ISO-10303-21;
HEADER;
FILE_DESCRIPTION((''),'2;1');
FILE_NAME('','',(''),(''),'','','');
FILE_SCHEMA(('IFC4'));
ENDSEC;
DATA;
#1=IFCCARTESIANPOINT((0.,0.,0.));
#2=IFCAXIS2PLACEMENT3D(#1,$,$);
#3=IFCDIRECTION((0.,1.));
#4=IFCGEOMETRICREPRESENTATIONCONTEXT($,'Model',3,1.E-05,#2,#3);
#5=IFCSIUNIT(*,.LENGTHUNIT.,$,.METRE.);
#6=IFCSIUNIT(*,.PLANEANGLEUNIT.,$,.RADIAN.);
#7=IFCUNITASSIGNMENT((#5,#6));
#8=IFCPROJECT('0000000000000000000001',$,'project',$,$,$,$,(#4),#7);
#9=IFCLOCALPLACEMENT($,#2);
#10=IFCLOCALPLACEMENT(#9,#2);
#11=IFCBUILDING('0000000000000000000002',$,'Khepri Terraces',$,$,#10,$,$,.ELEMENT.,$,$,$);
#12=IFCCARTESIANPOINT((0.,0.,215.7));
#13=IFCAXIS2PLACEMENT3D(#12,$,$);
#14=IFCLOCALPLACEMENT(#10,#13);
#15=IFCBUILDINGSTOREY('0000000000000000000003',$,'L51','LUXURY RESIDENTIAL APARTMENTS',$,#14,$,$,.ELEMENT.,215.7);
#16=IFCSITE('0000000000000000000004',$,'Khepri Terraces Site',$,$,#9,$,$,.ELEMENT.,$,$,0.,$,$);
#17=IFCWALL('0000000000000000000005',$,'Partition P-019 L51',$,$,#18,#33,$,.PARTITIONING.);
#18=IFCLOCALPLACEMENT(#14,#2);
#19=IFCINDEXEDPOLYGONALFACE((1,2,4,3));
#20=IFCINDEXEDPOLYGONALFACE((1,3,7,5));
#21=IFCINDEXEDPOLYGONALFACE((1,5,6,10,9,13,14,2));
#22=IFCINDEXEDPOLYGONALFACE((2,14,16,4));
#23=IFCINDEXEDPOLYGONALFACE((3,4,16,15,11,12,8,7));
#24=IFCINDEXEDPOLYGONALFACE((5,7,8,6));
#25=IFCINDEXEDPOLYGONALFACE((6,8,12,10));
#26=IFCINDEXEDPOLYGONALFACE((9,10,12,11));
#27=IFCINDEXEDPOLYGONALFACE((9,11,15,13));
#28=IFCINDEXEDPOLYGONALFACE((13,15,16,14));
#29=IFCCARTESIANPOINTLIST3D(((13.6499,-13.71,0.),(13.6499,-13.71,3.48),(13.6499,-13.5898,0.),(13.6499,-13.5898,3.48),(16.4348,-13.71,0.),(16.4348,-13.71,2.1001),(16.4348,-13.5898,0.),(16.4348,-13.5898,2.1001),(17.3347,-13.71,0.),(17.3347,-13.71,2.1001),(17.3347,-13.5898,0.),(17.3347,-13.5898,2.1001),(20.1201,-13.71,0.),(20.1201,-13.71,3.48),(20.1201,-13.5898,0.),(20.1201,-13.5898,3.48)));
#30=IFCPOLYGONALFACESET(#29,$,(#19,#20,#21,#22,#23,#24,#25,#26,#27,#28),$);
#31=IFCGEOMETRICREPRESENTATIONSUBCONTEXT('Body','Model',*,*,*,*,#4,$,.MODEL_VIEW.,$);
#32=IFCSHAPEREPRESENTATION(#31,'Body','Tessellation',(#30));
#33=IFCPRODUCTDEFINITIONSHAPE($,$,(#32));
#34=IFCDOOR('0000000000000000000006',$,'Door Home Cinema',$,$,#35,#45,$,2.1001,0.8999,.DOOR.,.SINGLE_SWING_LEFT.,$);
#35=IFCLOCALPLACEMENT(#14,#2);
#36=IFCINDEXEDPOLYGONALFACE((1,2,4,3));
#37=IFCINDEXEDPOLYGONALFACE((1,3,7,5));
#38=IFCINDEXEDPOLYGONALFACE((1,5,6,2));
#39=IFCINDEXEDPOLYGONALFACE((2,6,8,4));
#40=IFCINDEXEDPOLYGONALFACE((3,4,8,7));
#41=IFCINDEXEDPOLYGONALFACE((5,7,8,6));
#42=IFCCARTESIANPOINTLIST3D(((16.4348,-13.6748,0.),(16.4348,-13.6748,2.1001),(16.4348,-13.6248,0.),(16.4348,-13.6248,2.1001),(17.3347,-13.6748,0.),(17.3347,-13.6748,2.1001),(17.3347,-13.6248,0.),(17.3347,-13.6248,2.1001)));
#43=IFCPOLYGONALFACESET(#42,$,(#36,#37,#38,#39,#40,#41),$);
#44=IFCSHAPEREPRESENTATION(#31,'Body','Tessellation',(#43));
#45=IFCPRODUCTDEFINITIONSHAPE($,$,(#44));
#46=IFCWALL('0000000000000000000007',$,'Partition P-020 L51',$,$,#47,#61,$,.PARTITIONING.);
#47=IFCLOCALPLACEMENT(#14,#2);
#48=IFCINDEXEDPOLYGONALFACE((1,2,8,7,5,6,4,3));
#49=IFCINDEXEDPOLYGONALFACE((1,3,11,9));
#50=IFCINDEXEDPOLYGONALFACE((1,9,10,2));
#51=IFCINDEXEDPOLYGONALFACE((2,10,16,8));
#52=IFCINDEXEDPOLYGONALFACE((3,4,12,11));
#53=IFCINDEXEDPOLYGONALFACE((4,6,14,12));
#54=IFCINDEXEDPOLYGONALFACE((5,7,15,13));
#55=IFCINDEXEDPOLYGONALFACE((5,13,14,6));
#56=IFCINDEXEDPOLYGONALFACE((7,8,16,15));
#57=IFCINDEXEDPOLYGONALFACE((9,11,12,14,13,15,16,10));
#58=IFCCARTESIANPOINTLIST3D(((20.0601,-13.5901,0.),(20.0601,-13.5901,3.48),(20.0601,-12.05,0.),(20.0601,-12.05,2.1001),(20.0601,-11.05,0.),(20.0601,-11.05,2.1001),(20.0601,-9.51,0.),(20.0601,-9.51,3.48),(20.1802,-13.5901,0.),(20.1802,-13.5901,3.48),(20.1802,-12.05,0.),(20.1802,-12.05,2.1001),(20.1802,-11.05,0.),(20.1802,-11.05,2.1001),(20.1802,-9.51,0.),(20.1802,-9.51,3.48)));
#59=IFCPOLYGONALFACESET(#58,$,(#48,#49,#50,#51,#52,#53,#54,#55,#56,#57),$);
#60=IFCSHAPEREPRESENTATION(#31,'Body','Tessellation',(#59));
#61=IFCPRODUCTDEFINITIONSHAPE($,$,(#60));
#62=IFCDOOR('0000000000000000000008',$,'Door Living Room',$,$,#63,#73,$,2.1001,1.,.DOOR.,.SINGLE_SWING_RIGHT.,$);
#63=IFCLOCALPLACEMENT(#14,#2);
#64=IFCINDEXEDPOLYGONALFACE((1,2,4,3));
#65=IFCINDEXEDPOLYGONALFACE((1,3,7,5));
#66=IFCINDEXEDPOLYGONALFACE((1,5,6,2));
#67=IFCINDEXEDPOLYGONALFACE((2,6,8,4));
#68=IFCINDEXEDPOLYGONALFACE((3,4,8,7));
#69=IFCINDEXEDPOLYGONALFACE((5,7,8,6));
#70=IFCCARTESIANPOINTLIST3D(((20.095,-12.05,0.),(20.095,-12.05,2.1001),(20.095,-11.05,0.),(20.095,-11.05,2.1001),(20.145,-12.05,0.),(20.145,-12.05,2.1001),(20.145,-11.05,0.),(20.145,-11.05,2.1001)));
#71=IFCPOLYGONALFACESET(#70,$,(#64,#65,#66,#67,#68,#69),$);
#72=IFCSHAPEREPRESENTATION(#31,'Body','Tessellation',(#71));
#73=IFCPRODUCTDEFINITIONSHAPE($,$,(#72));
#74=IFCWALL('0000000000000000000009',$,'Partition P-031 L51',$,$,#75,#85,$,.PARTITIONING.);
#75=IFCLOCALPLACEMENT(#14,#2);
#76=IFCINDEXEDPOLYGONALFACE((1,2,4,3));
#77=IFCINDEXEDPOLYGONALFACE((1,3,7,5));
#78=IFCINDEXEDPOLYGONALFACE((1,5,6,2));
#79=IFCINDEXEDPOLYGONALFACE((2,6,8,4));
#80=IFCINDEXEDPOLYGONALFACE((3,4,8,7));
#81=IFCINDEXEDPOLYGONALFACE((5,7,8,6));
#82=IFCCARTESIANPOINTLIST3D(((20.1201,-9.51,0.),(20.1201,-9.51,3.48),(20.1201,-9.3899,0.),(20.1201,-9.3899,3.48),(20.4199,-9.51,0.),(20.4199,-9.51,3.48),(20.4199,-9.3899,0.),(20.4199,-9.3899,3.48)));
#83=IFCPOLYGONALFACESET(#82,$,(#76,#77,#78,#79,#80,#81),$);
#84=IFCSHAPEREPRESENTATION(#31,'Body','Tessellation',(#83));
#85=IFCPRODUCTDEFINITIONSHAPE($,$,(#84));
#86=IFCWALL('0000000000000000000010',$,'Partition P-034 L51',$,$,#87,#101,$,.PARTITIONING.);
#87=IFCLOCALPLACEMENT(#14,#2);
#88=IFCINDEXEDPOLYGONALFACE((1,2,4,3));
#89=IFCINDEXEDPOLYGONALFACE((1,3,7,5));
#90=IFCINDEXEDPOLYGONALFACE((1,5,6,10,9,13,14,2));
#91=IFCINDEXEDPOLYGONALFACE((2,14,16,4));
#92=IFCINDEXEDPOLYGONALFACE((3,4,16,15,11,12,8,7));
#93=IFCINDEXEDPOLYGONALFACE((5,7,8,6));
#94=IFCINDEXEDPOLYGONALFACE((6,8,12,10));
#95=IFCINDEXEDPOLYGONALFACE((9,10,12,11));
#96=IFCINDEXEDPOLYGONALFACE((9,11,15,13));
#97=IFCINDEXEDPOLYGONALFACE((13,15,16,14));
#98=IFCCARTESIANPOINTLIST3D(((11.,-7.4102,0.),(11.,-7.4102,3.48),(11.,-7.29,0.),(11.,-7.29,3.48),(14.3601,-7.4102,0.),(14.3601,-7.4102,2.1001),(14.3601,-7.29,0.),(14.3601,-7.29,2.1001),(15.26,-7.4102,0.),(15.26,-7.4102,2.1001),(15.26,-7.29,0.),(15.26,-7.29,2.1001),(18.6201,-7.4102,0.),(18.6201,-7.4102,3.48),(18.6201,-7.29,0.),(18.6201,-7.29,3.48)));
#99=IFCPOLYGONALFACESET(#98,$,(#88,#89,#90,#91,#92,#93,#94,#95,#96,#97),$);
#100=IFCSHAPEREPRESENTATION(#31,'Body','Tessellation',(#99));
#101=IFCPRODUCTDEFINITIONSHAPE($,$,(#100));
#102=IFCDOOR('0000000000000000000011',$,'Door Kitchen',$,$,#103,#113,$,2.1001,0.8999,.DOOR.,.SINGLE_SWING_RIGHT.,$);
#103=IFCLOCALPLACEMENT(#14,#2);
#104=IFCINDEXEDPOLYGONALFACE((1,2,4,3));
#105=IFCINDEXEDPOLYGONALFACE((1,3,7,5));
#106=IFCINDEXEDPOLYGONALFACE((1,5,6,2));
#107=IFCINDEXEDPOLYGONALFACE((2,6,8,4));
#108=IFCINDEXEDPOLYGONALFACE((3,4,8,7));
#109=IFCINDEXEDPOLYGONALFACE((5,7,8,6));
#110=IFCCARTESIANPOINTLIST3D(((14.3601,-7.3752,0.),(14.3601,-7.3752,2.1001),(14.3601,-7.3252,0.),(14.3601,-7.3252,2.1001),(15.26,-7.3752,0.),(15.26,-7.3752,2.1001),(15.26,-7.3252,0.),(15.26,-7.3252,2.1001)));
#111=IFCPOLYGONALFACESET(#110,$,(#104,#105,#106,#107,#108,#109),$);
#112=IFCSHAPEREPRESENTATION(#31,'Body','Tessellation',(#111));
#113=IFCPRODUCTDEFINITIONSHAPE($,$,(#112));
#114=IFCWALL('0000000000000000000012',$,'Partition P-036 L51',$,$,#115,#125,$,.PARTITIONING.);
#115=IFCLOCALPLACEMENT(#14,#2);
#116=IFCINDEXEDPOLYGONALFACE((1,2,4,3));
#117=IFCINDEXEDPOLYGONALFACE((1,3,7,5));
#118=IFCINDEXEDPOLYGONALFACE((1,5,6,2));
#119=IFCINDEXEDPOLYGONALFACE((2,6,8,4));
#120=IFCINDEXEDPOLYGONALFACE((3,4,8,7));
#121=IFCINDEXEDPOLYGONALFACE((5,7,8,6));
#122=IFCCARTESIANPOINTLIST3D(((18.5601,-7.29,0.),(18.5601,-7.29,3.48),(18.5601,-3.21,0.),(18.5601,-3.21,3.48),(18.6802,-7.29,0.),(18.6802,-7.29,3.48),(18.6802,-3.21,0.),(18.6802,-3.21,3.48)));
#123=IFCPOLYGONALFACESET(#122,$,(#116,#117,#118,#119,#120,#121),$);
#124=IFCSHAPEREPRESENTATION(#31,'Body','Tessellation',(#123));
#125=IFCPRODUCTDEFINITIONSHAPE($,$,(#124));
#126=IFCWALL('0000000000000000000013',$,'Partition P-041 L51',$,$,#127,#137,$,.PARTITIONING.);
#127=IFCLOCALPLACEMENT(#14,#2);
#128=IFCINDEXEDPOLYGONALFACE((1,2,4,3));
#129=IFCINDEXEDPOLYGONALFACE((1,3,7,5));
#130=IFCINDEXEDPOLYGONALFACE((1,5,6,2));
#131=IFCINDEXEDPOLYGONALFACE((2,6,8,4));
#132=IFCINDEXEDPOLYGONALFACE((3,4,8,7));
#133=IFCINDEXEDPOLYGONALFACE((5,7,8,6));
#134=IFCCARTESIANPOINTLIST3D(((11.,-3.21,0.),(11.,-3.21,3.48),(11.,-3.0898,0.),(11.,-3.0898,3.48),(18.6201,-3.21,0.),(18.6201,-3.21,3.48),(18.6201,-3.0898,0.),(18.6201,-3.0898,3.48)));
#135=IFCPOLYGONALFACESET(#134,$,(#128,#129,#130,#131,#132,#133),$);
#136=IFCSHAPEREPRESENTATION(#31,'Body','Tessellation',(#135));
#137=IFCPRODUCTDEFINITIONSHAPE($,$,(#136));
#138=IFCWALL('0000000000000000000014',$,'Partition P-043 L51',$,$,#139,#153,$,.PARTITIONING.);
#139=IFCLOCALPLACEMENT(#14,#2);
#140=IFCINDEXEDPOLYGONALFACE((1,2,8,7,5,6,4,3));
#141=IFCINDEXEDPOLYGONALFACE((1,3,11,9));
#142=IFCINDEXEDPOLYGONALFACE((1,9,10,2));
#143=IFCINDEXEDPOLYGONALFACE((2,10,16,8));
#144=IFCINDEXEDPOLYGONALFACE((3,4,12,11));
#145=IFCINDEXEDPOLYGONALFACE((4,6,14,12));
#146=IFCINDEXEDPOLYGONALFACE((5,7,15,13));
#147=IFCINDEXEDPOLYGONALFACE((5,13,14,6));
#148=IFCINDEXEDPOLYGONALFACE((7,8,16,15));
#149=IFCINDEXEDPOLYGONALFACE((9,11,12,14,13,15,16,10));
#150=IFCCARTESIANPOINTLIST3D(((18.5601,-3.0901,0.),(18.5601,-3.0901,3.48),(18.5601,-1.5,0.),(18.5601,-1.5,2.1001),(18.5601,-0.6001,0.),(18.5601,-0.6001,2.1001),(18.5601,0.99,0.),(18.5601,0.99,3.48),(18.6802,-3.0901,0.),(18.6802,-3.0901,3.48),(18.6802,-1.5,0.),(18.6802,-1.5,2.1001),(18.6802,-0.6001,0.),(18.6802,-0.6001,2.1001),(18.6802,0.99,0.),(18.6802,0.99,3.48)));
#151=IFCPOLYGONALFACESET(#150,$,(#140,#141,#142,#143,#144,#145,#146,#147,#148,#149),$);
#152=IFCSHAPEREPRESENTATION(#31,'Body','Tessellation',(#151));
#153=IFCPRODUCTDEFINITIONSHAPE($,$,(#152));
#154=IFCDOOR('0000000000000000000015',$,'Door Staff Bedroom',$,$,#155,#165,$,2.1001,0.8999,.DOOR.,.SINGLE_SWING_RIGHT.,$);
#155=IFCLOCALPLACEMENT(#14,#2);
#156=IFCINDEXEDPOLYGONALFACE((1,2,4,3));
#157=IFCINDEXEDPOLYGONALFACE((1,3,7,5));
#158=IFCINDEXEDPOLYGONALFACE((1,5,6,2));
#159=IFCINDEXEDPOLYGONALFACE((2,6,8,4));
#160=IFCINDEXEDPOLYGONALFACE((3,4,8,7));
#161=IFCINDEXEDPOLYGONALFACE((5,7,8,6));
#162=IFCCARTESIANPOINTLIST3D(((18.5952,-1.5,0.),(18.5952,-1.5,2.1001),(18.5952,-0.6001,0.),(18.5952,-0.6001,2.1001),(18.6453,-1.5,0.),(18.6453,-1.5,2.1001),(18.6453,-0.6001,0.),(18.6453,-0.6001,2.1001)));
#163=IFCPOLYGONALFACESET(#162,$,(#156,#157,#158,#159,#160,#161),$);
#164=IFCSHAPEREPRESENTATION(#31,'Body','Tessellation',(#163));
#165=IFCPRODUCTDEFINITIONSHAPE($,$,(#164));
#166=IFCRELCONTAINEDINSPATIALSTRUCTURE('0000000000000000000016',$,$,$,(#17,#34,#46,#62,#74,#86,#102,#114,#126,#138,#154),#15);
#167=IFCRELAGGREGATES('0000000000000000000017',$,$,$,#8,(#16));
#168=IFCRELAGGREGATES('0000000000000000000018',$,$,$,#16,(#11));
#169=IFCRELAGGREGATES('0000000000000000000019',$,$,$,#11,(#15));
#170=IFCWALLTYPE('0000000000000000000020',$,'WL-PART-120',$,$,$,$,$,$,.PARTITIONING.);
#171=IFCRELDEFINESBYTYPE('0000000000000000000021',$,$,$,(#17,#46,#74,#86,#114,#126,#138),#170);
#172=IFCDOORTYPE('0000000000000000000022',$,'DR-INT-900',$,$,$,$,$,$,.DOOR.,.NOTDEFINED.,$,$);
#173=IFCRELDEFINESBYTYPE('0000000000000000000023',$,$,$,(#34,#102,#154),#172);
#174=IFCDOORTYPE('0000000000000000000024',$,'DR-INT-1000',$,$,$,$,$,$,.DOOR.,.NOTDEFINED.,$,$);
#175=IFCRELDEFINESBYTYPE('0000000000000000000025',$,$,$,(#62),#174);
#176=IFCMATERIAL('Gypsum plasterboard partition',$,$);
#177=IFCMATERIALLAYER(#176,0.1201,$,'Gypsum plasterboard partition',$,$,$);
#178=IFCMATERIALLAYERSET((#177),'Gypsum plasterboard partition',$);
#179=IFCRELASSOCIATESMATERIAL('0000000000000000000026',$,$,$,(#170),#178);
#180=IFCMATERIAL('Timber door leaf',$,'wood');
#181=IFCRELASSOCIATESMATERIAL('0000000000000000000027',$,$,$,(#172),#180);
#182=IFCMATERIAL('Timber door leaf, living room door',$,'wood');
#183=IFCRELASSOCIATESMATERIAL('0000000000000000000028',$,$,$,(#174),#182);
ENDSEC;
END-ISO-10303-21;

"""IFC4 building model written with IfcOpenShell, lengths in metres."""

from ifc_helpers import new_model, si_unit, direction, frame, frame_2d, origin, place, context, subcontext, project, spatial, rectangle, extrude, material, layer, layer_set, type_object, element, fill, save


model = new_model("IFC4")

# Units and contexts
model_context = context("Model", 3, precision=1e-05, world=origin(), true_north=direction((0.0, 1.0)))
body_context = subcontext(model_context, "Body", "Model", "MODEL_VIEW")
ifc_project = project(units=[si_unit("LENGTHUNIT", "METRE"), si_unit("PLANEANGLEUNIT", "RADIAN")], contexts=[model_context])

# Site, building, storey
site_placement = place(None, origin())
site = spatial("IfcSite", under=ifc_project, at=site_placement, Name="Khepri Terraces Site", CompositionType="ELEMENT", RefElevation=0.0)
building_placement = place(site_placement, origin())
building = spatial("IfcBuilding", under=site, at=building_placement, Name="Khepri Terraces", CompositionType="ELEMENT")
storey_placement = place(building_placement, frame((0.0, 0.0, 215.7)))
storey = spatial("IfcBuildingStorey", under=building, at=storey_placement, Name="L51", Description="LUXURY RESIDENTIAL APARTMENTS", CompositionType="ELEMENT", Elevation=215.7)

# Walls, openings, doors
ifc_material_1 = material(Name="Gypsum plasterboard partition")
ifc_layer_1 = layer(ifc_material_1, 0.1201, Name="Gypsum plasterboard partition")
ifc_layer_set_1 = layer_set([ifc_layer_1], Name="Gypsum plasterboard partition")
wall_type_1 = type_object("IfcWallType", Name="WL-PART-120", PredefinedType="PARTITIONING", material=ifc_layer_set_1)
wall_1_placement = place(storey_placement, frame((13.6499, -13.6499, 0.0), z_axis=(0.0, 0.0, 1.0), x_axis=(1.0, 0.0, 0.0)))
wall_1 = element("IfcWall", 1, at=wall_1_placement, inside=storey, type_object=wall_type_1, Name="Partition P-019 L51", PredefinedType="PARTITIONING", context=body_context, shape_type="SweptSolid", body=[
    extrude(rectangle(XDim=6.4702, YDim=0.1201, at=frame_2d((3.2351, 0.0))), origin(), (0.0, 0.0, 1.0), 3.48),
])
opening_1_placement = place(wall_1_placement, frame((2.7849, 0.0, 0.0)))
opening_1 = element("IfcOpeningElement", 2, at=opening_1_placement, cuts=wall_1, PredefinedType="OPENING", context=body_context, shape_type="SweptSolid", body=[
    extrude(rectangle(XDim=0.8999, YDim=2.1001, at=frame_2d((0.45, 1.05))), frame((0.0, 0.0701, 0.0), z_axis=(0.0, -1.0, 0.0), x_axis=(1.0, 0.0, 0.0)), (0.0, 0.0, 1.0), 0.1401),
])
ifc_material_2 = material(Name="Timber door leaf", Category="wood")
door_type_1 = type_object("IfcDoorType", Name="DR-INT-900", OperationType="NOTDEFINED", PredefinedType="DOOR", material=ifc_material_2)
door_1_placement = place(opening_1_placement, frame((0.8999, 0.0, 0.0), z_axis=(0.0, 0.0, 1.0), x_axis=(-1.0, 0.0, 0.0)))
door_1 = element("IfcDoor", 3, at=door_1_placement, inside=storey, type_object=door_type_1, Name="Door Home Cinema", OperationType="SINGLE_SWING_LEFT", OverallHeight=2.1001, OverallWidth=0.8999, PredefinedType="DOOR", context=body_context, shape_type="SweptSolid", body=[
    extrude(rectangle(XDim=0.8999, YDim=2.1001, at=frame_2d((0.45, 1.05))), frame((0.0, 0.0249, 0.0), z_axis=(0.0, -1.0, 0.0), x_axis=(1.0, 0.0, 0.0)), (0.0, 0.0, 1.0), 0.05),
])
fill(opening_1, door_1)
wall_2_placement = place(storey_placement, frame((20.1201, -13.5901, 0.0), z_axis=(0.0, 0.0, 1.0), x_axis=(0.0, 1.0, 0.0)))
wall_2 = element("IfcWall", 4, at=wall_2_placement, inside=storey, type_object=wall_type_1, Name="Partition P-020 L51", PredefinedType="PARTITIONING", context=body_context, shape_type="SweptSolid", body=[
    extrude(rectangle(XDim=4.0801, YDim=0.1201, at=frame_2d((2.04, 0.0))), origin(), (0.0, 0.0, 1.0), 3.48),
])
opening_2_placement = place(wall_2_placement, frame((1.54, 0.0, 0.0)))
opening_2 = element("IfcOpeningElement", 5, at=opening_2_placement, cuts=wall_2, PredefinedType="OPENING", context=body_context, shape_type="SweptSolid", body=[
    extrude(rectangle(XDim=1.0, YDim=2.1001, at=frame_2d((0.5, 1.05))), frame((0.0, 0.0701, 0.0), z_axis=(0.0, -1.0, 0.0), x_axis=(1.0, 0.0, 0.0)), (0.0, 0.0, 1.0), 0.1401),
])
ifc_material_3 = material(Name="Timber door leaf, living room door", Category="wood")
door_type_2 = type_object("IfcDoorType", Name="DR-INT-1000", OperationType="NOTDEFINED", PredefinedType="DOOR", material=ifc_material_3)
door_2_placement = place(opening_2_placement, frame((1.0, 0.0, 0.0), z_axis=(0.0, 0.0, 1.0), x_axis=(-1.0, 0.0, 0.0)))
door_2 = element("IfcDoor", 6, at=door_2_placement, inside=storey, type_object=door_type_2, Name="Door Living Room", OperationType="SINGLE_SWING_RIGHT", OverallHeight=2.1001, OverallWidth=1.0, PredefinedType="DOOR", context=body_context, shape_type="SweptSolid", body=[
    extrude(rectangle(XDim=1.0, YDim=2.1001, at=frame_2d((0.5, 1.05))), frame((0.0, 0.0249, 0.0), z_axis=(0.0, -1.0, 0.0), x_axis=(1.0, 0.0, 0.0)), (0.0, 0.0, 1.0), 0.05),
])
fill(opening_2, door_2)

# Wall
wall_3_placement = place(storey_placement, frame((20.1201, -9.45, 0.0), z_axis=(0.0, 0.0, 1.0), x_axis=(1.0, 0.0, 0.0)))
element("IfcWall", 7, at=wall_3_placement, inside=storey, type_object=wall_type_1, Name="Partition P-031 L51", PredefinedType="PARTITIONING", context=body_context, shape_type="SweptSolid", body=[
    extrude(rectangle(XDim=0.2998, YDim=0.1201, at=frame_2d((0.1499, 0.0))), origin(), (0.0, 0.0, 1.0), 3.48),
])

# Wall, opening, door
wall_4_placement = place(storey_placement, frame((11.0, -7.3501, 0.0), z_axis=(0.0, 0.0, 1.0), x_axis=(1.0, 0.0, 0.0)))
wall_4 = element("IfcWall", 8, at=wall_4_placement, inside=storey, type_object=wall_type_1, Name="Partition P-034 L51", PredefinedType="PARTITIONING", context=body_context, shape_type="SweptSolid", body=[
    extrude(rectangle(XDim=7.6201, YDim=0.1201, at=frame_2d((3.8101, 0.0))), origin(), (0.0, 0.0, 1.0), 3.48),
])
opening_3_placement = place(wall_4_placement, frame((3.3601, 0.0, 0.0)))
opening_3 = element("IfcOpeningElement", 9, at=opening_3_placement, cuts=wall_4, PredefinedType="OPENING", context=body_context, shape_type="SweptSolid", body=[
    extrude(rectangle(XDim=0.8999, YDim=2.1001, at=frame_2d((0.45, 1.05))), frame((0.0, 0.0701, 0.0), z_axis=(0.0, -1.0, 0.0), x_axis=(1.0, 0.0, 0.0)), (0.0, 0.0, 1.0), 0.1401),
])
door_3_placement = place(opening_3_placement, origin())
door_3 = element("IfcDoor", 10, at=door_3_placement, inside=storey, type_object=door_type_1, Name="Door Kitchen", OperationType="SINGLE_SWING_RIGHT", OverallHeight=2.1001, OverallWidth=0.8999, PredefinedType="DOOR", context=body_context, shape_type="SweptSolid", body=[
    extrude(rectangle(XDim=0.8999, YDim=2.1001, at=frame_2d((0.45, 1.05))), frame((0.0, 0.0249, 0.0), z_axis=(0.0, -1.0, 0.0), x_axis=(1.0, 0.0, 0.0)), (0.0, 0.0, 1.0), 0.05),
])
fill(opening_3, door_3)

# Walls
wall_5_placement = place(storey_placement, frame((18.6201, -7.29, 0.0), z_axis=(0.0, 0.0, 1.0), x_axis=(0.0, 1.0, 0.0)))
element("IfcWall", 11, at=wall_5_placement, inside=storey, type_object=wall_type_1, Name="Partition P-036 L51", PredefinedType="PARTITIONING", context=body_context, shape_type="SweptSolid", body=[
    extrude(rectangle(XDim=4.0801, YDim=0.1201, at=frame_2d((2.04, 0.0))), origin(), (0.0, 0.0, 1.0), 3.48),
])
wall_6_placement = place(storey_placement, frame((11.0, -3.1499, 0.0), z_axis=(0.0, 0.0, 1.0), x_axis=(1.0, 0.0, 0.0)))
element("IfcWall", 12, at=wall_6_placement, inside=storey, type_object=wall_type_1, Name="Partition P-041 L51", PredefinedType="PARTITIONING", context=body_context, shape_type="SweptSolid", body=[
    extrude(rectangle(XDim=7.6201, YDim=0.1201, at=frame_2d((3.8101, 0.0))), origin(), (0.0, 0.0, 1.0), 3.48),
])

# Wall, opening, door
wall_7_placement = place(storey_placement, frame((18.6201, -3.0901, 0.0), z_axis=(0.0, 0.0, 1.0), x_axis=(0.0, 1.0, 0.0)))
wall_7 = element("IfcWall", 13, at=wall_7_placement, inside=storey, type_object=wall_type_1, Name="Partition P-043 L51", PredefinedType="PARTITIONING", context=body_context, shape_type="SweptSolid", body=[
    extrude(rectangle(XDim=4.0801, YDim=0.1201, at=frame_2d((2.04, 0.0))), origin(), (0.0, 0.0, 1.0), 3.48),
])
opening_4_placement = place(wall_7_placement, frame((1.5901, 0.0, 0.0)))
opening_4 = element("IfcOpeningElement", 14, at=opening_4_placement, cuts=wall_7, PredefinedType="OPENING", context=body_context, shape_type="SweptSolid", body=[
    extrude(rectangle(XDim=0.8999, YDim=2.1001, at=frame_2d((0.45, 1.05))), frame((0.0, 0.0701, 0.0), z_axis=(0.0, -1.0, 0.0), x_axis=(1.0, 0.0, 0.0)), (0.0, 0.0, 1.0), 0.1401),
])
door_4_placement = place(opening_4_placement, origin())
door_4 = element("IfcDoor", 15, at=door_4_placement, inside=storey, type_object=door_type_1, Name="Door Staff Bedroom", OperationType="SINGLE_SWING_RIGHT", OverallHeight=2.1001, OverallWidth=0.8999, PredefinedType="DOOR", context=body_context, shape_type="SweptSolid", body=[
    extrude(rectangle(XDim=0.8999, YDim=2.1001, at=frame_2d((0.45, 1.05))), frame((0.0, 0.0249, 0.0), z_axis=(0.0, -1.0, 0.0), x_axis=(1.0, 0.0, 0.0)), (0.0, 0.0, 1.0), 0.05),
])
fill(opening_4, door_4)

save(model, "model.ifc")
